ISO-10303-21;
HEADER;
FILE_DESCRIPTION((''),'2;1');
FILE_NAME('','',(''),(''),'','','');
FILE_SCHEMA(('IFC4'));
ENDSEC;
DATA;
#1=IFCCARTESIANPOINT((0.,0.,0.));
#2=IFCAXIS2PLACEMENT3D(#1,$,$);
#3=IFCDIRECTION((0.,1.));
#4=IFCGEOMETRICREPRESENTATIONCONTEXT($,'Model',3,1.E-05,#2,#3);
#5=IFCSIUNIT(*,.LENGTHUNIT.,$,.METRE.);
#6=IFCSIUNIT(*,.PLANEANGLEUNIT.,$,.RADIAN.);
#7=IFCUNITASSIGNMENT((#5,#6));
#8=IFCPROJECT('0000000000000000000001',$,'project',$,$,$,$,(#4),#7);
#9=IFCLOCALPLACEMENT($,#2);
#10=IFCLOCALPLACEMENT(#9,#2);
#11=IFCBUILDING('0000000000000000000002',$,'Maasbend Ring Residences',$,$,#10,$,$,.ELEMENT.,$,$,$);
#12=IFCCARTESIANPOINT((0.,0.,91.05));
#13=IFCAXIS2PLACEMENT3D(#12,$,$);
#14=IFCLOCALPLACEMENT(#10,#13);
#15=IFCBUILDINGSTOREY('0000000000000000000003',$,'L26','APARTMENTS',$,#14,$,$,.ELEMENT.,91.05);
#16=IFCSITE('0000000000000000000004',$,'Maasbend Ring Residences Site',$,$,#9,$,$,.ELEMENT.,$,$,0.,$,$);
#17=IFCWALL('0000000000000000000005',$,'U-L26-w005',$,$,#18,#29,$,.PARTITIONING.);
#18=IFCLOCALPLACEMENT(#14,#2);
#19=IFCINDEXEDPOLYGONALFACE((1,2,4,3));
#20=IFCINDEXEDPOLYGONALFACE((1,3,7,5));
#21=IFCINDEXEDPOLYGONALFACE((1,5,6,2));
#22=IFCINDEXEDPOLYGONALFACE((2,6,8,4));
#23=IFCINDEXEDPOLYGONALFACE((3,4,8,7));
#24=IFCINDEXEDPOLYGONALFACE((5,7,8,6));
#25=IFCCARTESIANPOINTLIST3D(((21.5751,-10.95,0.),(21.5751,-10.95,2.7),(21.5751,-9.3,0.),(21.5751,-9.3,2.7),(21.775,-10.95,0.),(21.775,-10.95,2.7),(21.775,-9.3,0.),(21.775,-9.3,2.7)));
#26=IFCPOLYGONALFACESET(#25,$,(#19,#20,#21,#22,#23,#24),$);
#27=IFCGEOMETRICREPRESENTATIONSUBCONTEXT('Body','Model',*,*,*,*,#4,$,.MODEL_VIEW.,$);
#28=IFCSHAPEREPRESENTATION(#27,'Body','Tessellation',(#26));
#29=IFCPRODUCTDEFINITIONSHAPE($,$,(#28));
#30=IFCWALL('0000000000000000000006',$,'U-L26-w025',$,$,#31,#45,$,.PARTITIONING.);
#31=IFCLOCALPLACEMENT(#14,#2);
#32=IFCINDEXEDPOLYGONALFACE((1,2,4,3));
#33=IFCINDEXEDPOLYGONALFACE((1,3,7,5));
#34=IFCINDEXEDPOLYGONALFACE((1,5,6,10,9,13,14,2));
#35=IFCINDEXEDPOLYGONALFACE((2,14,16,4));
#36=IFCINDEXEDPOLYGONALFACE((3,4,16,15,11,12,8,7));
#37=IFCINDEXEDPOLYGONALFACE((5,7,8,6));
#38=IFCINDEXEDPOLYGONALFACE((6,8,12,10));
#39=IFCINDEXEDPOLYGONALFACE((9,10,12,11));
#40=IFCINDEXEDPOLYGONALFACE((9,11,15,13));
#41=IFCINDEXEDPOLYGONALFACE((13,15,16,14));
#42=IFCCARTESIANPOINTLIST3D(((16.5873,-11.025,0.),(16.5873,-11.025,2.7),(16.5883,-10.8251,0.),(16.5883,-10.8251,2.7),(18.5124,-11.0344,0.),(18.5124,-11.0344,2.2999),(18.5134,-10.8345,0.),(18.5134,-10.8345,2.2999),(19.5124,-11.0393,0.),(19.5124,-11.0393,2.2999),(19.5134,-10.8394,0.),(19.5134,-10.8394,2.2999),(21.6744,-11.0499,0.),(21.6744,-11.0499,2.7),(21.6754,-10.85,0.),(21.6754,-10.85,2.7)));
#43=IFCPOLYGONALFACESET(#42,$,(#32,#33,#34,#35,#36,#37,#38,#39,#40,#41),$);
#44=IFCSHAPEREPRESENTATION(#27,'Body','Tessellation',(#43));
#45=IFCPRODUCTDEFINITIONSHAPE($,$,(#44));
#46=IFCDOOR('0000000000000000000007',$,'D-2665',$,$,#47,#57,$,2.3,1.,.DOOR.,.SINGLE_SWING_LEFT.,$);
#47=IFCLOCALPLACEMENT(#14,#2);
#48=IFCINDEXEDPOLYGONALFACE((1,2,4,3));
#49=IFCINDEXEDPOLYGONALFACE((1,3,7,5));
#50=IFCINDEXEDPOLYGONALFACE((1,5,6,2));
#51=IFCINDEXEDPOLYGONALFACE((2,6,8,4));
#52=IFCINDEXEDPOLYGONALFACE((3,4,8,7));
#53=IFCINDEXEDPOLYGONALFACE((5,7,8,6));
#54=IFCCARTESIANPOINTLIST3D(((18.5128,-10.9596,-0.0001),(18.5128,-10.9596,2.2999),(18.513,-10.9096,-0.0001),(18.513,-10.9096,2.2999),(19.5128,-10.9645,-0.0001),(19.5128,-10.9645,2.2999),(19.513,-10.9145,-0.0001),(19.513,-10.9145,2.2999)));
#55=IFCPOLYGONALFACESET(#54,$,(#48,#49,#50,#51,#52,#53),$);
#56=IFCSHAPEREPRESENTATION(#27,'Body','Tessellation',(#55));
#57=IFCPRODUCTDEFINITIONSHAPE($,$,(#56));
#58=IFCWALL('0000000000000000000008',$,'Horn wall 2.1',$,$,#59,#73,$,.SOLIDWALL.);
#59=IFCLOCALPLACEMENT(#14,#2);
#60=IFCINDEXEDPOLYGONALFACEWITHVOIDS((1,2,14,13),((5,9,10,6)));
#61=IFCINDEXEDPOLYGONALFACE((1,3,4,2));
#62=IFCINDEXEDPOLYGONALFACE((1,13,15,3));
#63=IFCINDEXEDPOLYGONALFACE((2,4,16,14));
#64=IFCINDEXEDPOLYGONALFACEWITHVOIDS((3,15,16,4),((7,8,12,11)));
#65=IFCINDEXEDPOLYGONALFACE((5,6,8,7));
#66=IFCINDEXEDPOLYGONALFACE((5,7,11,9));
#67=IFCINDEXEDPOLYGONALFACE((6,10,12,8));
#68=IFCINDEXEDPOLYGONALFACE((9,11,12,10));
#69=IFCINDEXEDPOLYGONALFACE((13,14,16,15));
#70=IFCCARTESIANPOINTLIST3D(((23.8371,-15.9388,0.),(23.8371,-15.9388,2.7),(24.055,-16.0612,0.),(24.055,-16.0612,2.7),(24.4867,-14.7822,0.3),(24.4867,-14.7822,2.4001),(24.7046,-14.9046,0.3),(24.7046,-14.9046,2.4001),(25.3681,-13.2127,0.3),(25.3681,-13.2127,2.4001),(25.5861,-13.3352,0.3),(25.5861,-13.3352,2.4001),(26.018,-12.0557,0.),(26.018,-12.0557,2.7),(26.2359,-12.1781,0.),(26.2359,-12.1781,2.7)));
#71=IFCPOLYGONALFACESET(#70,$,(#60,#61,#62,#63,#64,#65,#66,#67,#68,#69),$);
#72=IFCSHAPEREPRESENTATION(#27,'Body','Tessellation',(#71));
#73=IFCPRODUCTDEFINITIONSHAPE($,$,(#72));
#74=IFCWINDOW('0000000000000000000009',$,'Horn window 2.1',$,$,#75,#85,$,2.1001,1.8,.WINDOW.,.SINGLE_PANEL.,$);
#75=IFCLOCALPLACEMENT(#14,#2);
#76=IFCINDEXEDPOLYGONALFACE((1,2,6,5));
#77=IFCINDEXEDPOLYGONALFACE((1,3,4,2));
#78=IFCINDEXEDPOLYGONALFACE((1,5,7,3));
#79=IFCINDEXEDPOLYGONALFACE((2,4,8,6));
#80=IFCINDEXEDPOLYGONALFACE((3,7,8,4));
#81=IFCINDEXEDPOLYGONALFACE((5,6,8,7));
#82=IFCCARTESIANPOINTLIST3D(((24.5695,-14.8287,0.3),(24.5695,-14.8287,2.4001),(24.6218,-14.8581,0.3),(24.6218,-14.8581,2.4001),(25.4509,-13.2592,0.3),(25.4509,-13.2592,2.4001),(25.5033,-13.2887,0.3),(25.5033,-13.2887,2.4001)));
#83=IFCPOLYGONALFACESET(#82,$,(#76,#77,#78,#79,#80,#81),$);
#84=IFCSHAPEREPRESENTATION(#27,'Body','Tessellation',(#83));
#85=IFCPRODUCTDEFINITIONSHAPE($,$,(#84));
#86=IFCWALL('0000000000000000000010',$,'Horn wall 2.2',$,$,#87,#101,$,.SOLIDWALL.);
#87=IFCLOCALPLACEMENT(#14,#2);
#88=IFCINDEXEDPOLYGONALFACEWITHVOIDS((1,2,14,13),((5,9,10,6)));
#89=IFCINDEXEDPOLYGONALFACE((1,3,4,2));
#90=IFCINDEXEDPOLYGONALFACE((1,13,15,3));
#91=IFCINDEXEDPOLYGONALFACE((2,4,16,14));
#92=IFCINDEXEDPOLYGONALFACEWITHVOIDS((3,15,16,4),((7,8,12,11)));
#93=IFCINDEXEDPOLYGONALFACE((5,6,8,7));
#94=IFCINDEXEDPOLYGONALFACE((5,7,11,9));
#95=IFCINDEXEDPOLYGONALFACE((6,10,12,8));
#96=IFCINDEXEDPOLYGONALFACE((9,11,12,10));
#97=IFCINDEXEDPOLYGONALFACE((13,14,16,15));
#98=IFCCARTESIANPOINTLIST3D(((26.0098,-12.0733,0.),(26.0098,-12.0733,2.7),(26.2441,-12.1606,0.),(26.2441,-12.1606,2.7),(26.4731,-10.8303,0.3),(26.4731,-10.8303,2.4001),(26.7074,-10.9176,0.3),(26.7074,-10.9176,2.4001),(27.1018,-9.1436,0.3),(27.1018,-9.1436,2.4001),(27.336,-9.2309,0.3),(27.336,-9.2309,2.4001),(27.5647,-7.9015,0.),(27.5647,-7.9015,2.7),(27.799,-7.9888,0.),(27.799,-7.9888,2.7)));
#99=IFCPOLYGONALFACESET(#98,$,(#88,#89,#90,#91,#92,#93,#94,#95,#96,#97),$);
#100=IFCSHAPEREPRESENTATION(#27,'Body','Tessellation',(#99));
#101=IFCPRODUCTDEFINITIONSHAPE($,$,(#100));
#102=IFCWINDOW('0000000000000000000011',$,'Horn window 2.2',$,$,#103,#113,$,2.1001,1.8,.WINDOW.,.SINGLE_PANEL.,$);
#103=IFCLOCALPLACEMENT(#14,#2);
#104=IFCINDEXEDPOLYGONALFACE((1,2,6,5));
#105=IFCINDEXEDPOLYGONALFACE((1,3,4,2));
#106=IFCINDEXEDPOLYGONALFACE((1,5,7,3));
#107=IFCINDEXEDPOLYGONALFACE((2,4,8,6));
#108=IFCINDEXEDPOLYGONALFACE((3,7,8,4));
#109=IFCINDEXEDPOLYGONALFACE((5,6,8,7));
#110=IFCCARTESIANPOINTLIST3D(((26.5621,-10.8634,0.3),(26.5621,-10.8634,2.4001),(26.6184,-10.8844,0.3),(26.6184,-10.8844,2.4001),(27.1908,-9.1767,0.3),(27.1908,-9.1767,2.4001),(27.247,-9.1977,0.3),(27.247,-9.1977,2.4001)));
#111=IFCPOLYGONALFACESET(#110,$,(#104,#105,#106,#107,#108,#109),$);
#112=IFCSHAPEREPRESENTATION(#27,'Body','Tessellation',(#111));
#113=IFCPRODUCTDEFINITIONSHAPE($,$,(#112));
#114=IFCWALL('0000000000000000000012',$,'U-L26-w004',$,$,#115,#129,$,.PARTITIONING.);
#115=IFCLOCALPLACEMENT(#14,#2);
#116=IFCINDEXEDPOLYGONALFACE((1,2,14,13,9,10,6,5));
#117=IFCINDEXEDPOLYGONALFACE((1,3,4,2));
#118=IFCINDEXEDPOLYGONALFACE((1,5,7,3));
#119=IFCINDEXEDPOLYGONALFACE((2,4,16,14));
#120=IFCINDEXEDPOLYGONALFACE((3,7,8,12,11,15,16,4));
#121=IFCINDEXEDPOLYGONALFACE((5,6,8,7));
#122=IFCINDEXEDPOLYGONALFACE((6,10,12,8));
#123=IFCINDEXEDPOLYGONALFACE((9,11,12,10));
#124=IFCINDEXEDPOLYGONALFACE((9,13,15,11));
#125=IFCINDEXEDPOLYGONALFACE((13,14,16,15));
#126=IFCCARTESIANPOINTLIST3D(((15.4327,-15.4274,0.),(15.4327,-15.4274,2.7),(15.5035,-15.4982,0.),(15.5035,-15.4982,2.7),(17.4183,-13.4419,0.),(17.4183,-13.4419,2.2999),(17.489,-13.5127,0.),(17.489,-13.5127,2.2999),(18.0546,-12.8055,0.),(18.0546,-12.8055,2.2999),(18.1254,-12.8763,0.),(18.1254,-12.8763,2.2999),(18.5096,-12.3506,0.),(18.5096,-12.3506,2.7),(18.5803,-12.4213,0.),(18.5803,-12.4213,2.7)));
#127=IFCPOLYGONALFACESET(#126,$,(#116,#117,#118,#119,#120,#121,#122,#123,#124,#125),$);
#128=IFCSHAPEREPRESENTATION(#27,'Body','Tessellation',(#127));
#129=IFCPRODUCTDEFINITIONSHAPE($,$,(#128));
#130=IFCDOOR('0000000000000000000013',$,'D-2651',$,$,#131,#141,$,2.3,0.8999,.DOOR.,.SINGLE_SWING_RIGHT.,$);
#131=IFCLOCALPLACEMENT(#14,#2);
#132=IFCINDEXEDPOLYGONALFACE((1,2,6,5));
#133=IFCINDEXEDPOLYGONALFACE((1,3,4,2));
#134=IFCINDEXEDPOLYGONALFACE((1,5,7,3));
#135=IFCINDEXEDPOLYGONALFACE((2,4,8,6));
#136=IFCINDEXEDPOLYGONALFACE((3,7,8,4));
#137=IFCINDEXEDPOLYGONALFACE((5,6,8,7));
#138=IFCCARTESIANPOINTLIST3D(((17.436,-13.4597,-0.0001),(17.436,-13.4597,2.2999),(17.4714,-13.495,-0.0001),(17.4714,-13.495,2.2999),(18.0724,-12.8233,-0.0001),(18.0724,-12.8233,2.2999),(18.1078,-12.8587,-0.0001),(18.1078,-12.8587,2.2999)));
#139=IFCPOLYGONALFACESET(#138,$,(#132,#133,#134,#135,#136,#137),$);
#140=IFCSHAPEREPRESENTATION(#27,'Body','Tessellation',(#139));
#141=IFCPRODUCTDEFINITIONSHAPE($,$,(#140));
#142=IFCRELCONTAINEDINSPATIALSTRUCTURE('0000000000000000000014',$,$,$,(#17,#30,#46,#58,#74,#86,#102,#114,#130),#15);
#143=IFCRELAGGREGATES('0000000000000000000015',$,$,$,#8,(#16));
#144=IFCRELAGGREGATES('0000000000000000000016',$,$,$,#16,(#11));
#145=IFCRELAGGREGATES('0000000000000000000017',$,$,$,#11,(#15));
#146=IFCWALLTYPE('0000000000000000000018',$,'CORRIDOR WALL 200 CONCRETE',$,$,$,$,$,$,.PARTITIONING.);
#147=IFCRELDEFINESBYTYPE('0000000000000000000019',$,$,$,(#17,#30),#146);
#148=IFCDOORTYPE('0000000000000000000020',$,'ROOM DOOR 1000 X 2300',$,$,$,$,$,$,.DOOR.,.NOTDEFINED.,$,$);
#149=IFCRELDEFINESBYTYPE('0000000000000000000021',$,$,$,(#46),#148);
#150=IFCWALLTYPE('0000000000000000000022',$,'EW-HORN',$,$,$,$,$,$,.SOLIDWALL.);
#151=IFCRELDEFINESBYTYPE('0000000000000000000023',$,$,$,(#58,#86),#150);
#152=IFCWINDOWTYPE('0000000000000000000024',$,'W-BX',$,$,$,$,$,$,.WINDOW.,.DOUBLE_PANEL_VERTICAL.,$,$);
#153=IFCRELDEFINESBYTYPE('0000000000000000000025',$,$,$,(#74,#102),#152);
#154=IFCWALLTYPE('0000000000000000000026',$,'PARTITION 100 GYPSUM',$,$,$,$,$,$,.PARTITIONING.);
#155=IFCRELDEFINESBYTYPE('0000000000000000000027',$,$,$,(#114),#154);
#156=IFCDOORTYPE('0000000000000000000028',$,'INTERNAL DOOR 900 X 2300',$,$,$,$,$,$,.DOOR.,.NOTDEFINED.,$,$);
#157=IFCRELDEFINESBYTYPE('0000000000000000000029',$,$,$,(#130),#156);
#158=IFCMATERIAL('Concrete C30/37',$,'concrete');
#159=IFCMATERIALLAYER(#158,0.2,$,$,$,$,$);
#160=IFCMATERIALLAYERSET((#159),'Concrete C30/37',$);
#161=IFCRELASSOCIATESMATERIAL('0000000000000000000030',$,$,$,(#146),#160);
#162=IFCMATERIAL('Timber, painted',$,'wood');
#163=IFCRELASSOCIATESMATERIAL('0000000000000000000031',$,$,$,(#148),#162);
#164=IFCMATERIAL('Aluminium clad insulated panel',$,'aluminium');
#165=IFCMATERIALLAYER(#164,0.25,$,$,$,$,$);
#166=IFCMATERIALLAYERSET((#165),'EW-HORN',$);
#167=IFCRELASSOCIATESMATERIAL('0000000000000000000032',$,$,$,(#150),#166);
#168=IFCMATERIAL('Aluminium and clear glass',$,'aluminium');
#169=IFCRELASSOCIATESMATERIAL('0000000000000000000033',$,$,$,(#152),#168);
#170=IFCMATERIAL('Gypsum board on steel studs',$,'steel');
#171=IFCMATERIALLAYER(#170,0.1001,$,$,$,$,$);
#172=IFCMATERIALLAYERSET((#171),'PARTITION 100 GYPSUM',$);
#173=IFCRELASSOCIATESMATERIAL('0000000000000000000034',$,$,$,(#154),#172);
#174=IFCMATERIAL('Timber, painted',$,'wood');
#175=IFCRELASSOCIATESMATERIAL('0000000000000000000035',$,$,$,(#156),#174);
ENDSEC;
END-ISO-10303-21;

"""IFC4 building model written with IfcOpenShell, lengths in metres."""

from ifc_helpers import new_model, si_unit, direction, frame, frame_2d, origin, place, context, subcontext, project, spatial, rectangle, extrude, material, layer, layer_set, type_object, element, fill, save


model = new_model("IFC4")

# Units and contexts
model_context = context("Model", 3, precision=1e-05, world=origin(), true_north=direction((0.0, 1.0)))
body_context = subcontext(model_context, "Body", "Model", "MODEL_VIEW")
ifc_project = project(units=[si_unit("LENGTHUNIT", "METRE"), si_unit("PLANEANGLEUNIT", "RADIAN")], contexts=[model_context])

# Site, building, storey
site_placement = place(None, origin())
site = spatial("IfcSite", under=ifc_project, at=site_placement, Name="Maasbend Ring Residences Site", CompositionType="ELEMENT", RefElevation=0.0)
building_placement = place(site_placement, origin())
building = spatial("IfcBuilding", under=site, at=building_placement, Name="Maasbend Ring Residences", CompositionType="ELEMENT")
storey_placement = place(building_placement, frame((0.0, 0.0, 91.05)))
storey = spatial("IfcBuildingStorey", under=building, at=storey_placement, Name="L26", Description="APARTMENTS", CompositionType="ELEMENT", Elevation=91.05)

# Wall
ifc_material_1 = material(Name="Concrete C30/37", Category="concrete")
ifc_layer_1 = layer(ifc_material_1, 0.2)
ifc_layer_set_1 = layer_set([ifc_layer_1], Name="Concrete C30/37")
wall_type_1 = type_object("IfcWallType", Name="CORRIDOR WALL 200 CONCRETE", PredefinedType="PARTITIONING", material=ifc_layer_set_1)
wall_1_placement = place(storey_placement, frame((21.675, -10.95, 0.0), z_axis=(0.0, 0.0, 1.0), x_axis=(0.0, 1.0, 0.0)))
element("IfcWall", 1, at=wall_1_placement, inside=storey, type_object=wall_type_1, Name="U-L26-w005", PredefinedType="PARTITIONING", context=body_context, shape_type="SweptSolid", body=[
    extrude(rectangle(XDim=1.6499, YDim=0.2, at=frame_2d((0.825, 0.0))), origin(), (0.0, 0.0, 1.0), 2.7),
])

# Wall, opening, door
wall_2_placement = place(storey_placement, frame((16.5879, -10.925, 0.0), z_axis=(0.0, 0.0, 1.0), x_axis=(0.999988, -0.004895, 0.0)))
wall_2 = element("IfcWall", 2, at=wall_2_placement, inside=storey, type_object=wall_type_1, Name="U-L26-w025", PredefinedType="PARTITIONING", context=body_context, shape_type="SweptSolid", body=[
    extrude(rectangle(XDim=5.0872, YDim=0.2, at=frame_2d((2.5435, 0.0))), origin(), (0.0, 0.0, 1.0), 2.7),
])
opening_1_placement = place(wall_2_placement, frame((1.925, 0.0, 0.0)))
opening_1 = element("IfcOpeningElement", 3, at=opening_1_placement, cuts=wall_2, PredefinedType="OPENING", context=body_context, shape_type="SweptSolid", body=[
    extrude(rectangle(XDim=1.0, YDim=2.3, at=frame_2d((0.5, 1.1499))), frame((0.0, 0.1099, 0.0), z_axis=(0.0, -1.0, 0.0), x_axis=(1.0, 0.0, 0.0)), (0.0, 0.0, 1.0), 0.22),
])
ifc_material_2 = material(Name="Timber, painted", Category="wood")
door_type_1 = type_object("IfcDoorType", Name="ROOM DOOR 1000 X 2300", OperationType="NOTDEFINED", PredefinedType="DOOR", material=ifc_material_2)
door_1_placement = place(opening_1_placement, origin())
door_1 = element("IfcDoor", 4, at=door_1_placement, inside=storey, type_object=door_type_1, Name="D-2665", OperationType="SINGLE_SWING_LEFT", OverallHeight=2.3, OverallWidth=1.0, PredefinedType="DOOR", context=body_context, shape_type="SweptSolid", body=[
    extrude(rectangle(XDim=1.0, YDim=2.3, at=frame_2d((0.5, 1.1499))), frame((0.0, 0.0249, 0.0), z_axis=(0.0, -1.0, 0.0), x_axis=(1.0, 0.0, 0.0)), (0.0, 0.0, 1.0), 0.05),
])
fill(opening_1, door_1)

# Walls, openings, windows
ifc_material_3 = material(Name="Aluminium clad insulated panel", Category="aluminium")
ifc_layer_2 = layer(ifc_material_3, 0.25)
ifc_layer_set_2 = layer_set([ifc_layer_2], Name="EW-HORN")
wall_type_2 = type_object("IfcWallType", Name="EW-HORN", PredefinedType="SOLIDWALL", material=ifc_layer_set_2)
wall_3_placement = place(storey_placement, frame((23.946, -16.0, 0.0), z_axis=(0.0, 0.0, 1.0), x_axis=(0.489696, 0.871893, 0.0)))
wall_3 = element("IfcWall", 5, at=wall_3_placement, inside=storey, type_object=wall_type_2, Name="Horn wall 2.1", PredefinedType="SOLIDWALL", context=body_context, shape_type="SweptSolid", body=[
    extrude(rectangle(XDim=4.4536, YDim=0.25, at=frame_2d((2.2268, 0.0))), origin(), (0.0, 0.0, 1.0), 2.7),
])
opening_2_placement = place(wall_3_placement, frame((1.3267, 0.0, 0.3)))
opening_2 = element("IfcOpeningElement", 6, at=opening_2_placement, cuts=wall_3, PredefinedType="OPENING", context=body_context, shape_type="SweptSolid", body=[
    extrude(rectangle(XDim=1.8, YDim=2.1001, at=frame_2d((0.8999, 1.05))), frame((0.0, 0.135, 0.0), z_axis=(0.0, -1.0, 0.0), x_axis=(1.0, 0.0, 0.0)), (0.0, 0.0, 1.0), 0.27),
])
ifc_material_4 = material(Name="Aluminium and clear glass", Category="aluminium")
window_type = type_object("IfcWindowType", Name="W-BX", PartitioningType="DOUBLE_PANEL_VERTICAL", PredefinedType="WINDOW", material=ifc_material_4)
window_1_placement = place(opening_2_placement, origin())
window_1 = element("IfcWindow", 7, at=window_1_placement, inside=storey, type_object=window_type, Name="Horn window 2.1", OverallHeight=2.1001, OverallWidth=1.8, PartitioningType="SINGLE_PANEL", PredefinedType="WINDOW", context=body_context, shape_type="SweptSolid", body=[
    extrude(rectangle(XDim=1.8, YDim=2.1001, at=frame_2d((0.8999, 1.05))), frame((0.0, 0.03, 0.0), z_axis=(0.0, -1.0, 0.0), x_axis=(1.0, 0.0, 0.0)), (0.0, 0.0, 1.0), 0.0601),
])
fill(opening_2, window_1)
wall_4_placement = place(storey_placement, frame((26.127, -12.1169, 0.0), z_axis=(0.0, 0.0, 1.0), x_axis=(0.349248, 0.93703, 0.0)))
wall_4 = element("IfcWall", 8, at=wall_4_placement, inside=storey, type_object=wall_type_2, Name="Horn wall 2.2", PredefinedType="SOLIDWALL", context=body_context, shape_type="SweptSolid", body=[
    extrude(rectangle(XDim=4.4521, YDim=0.25, at=frame_2d((2.2261, 0.0))), origin(), (0.0, 0.0, 1.0), 2.7),
])
opening_3_placement = place(wall_4_placement, frame((1.3267, 0.0, 0.3)))
opening_3 = element("IfcOpeningElement", 9, at=opening_3_placement, cuts=wall_4, PredefinedType="OPENING", context=body_context, shape_type="SweptSolid", body=[
    extrude(rectangle(XDim=1.8, YDim=2.1001, at=frame_2d((0.8999, 1.05))), frame((0.0, 0.135, 0.0), z_axis=(0.0, -1.0, 0.0), x_axis=(1.0, 0.0, 0.0)), (0.0, 0.0, 1.0), 0.27),
])
window_2_placement = place(opening_3_placement, origin())
window_2 = element("IfcWindow", 10, at=window_2_placement, inside=storey, type_object=window_type, Name="Horn window 2.2", OverallHeight=2.1001, OverallWidth=1.8, PartitioningType="SINGLE_PANEL", PredefinedType="WINDOW", context=body_context, shape_type="SweptSolid", body=[
    extrude(rectangle(XDim=1.8, YDim=2.1001, at=frame_2d((0.8999, 1.05))), frame((0.0, 0.03, 0.0), z_axis=(0.0, -1.0, 0.0), x_axis=(1.0, 0.0, 0.0)), (0.0, 0.0, 1.0), 0.0601),
])
fill(opening_3, window_2)

# Wall, opening, door
ifc_material_5 = material(Name="Gypsum board on steel studs", Category="steel")
ifc_layer_3 = layer(ifc_material_5, 0.1001)
ifc_layer_set_3 = layer_set([ifc_layer_3], Name="PARTITION 100 GYPSUM")
wall_type_3 = type_object("IfcWallType", Name="PARTITION 100 GYPSUM", PredefinedType="PARTITIONING", material=ifc_layer_set_3)
wall_5_placement = place(storey_placement, frame((15.468, -15.4629, 0.0), z_axis=(0.0, 0.0, 1.0), x_axis=(0.707107, 0.707107, 0.0)))
wall_5 = element("IfcWall", 11, at=wall_5_placement, inside=storey, type_object=wall_type_3, Name="U-L26-w004", PredefinedType="PARTITIONING", context=body_context, shape_type="SweptSolid", body=[
    extrude(rectangle(XDim=4.3513, YDim=0.1001, at=frame_2d((2.1758, 0.0))), origin(), (0.0, 0.0, 1.0), 2.7),
])
opening_4_placement = place(wall_5_placement, frame((2.8081, 0.0, 0.0)))
opening_4 = element("IfcOpeningElement", 12, at=opening_4_placement, cuts=wall_5, PredefinedType="OPENING", context=body_context, shape_type="SweptSolid", body=[
    extrude(rectangle(XDim=0.8999, YDim=2.3, at=frame_2d((0.45, 1.1499))), frame((0.0, 0.0601, 0.0), z_axis=(0.0, -1.0, 0.0), x_axis=(1.0, 0.0, 0.0)), (0.0, 0.0, 1.0), 0.1201),
])
ifc_material_6 = material(Name="Timber, painted", Category="wood")
door_type_2 = type_object("IfcDoorType", Name="INTERNAL DOOR 900 X 2300", OperationType="NOTDEFINED", PredefinedType="DOOR", material=ifc_material_6)
door_2_placement = place(opening_4_placement, origin())
door_2 = element("IfcDoor", 13, at=door_2_placement, inside=storey, type_object=door_type_2, Name="D-2651", OperationType="SINGLE_SWING_RIGHT", OverallHeight=2.3, OverallWidth=0.8999, PredefinedType="DOOR", context=body_context, shape_type="SweptSolid", body=[
    extrude(rectangle(XDim=0.8999, YDim=2.3, at=frame_2d((0.45, 1.1499))), frame((0.0, 0.0249, 0.0), z_axis=(0.0, -1.0, 0.0), x_axis=(1.0, 0.0, 0.0)), (0.0, 0.0, 1.0), 0.05),
])
fill(opening_4, door_2)

save(model, "model.ifc")
